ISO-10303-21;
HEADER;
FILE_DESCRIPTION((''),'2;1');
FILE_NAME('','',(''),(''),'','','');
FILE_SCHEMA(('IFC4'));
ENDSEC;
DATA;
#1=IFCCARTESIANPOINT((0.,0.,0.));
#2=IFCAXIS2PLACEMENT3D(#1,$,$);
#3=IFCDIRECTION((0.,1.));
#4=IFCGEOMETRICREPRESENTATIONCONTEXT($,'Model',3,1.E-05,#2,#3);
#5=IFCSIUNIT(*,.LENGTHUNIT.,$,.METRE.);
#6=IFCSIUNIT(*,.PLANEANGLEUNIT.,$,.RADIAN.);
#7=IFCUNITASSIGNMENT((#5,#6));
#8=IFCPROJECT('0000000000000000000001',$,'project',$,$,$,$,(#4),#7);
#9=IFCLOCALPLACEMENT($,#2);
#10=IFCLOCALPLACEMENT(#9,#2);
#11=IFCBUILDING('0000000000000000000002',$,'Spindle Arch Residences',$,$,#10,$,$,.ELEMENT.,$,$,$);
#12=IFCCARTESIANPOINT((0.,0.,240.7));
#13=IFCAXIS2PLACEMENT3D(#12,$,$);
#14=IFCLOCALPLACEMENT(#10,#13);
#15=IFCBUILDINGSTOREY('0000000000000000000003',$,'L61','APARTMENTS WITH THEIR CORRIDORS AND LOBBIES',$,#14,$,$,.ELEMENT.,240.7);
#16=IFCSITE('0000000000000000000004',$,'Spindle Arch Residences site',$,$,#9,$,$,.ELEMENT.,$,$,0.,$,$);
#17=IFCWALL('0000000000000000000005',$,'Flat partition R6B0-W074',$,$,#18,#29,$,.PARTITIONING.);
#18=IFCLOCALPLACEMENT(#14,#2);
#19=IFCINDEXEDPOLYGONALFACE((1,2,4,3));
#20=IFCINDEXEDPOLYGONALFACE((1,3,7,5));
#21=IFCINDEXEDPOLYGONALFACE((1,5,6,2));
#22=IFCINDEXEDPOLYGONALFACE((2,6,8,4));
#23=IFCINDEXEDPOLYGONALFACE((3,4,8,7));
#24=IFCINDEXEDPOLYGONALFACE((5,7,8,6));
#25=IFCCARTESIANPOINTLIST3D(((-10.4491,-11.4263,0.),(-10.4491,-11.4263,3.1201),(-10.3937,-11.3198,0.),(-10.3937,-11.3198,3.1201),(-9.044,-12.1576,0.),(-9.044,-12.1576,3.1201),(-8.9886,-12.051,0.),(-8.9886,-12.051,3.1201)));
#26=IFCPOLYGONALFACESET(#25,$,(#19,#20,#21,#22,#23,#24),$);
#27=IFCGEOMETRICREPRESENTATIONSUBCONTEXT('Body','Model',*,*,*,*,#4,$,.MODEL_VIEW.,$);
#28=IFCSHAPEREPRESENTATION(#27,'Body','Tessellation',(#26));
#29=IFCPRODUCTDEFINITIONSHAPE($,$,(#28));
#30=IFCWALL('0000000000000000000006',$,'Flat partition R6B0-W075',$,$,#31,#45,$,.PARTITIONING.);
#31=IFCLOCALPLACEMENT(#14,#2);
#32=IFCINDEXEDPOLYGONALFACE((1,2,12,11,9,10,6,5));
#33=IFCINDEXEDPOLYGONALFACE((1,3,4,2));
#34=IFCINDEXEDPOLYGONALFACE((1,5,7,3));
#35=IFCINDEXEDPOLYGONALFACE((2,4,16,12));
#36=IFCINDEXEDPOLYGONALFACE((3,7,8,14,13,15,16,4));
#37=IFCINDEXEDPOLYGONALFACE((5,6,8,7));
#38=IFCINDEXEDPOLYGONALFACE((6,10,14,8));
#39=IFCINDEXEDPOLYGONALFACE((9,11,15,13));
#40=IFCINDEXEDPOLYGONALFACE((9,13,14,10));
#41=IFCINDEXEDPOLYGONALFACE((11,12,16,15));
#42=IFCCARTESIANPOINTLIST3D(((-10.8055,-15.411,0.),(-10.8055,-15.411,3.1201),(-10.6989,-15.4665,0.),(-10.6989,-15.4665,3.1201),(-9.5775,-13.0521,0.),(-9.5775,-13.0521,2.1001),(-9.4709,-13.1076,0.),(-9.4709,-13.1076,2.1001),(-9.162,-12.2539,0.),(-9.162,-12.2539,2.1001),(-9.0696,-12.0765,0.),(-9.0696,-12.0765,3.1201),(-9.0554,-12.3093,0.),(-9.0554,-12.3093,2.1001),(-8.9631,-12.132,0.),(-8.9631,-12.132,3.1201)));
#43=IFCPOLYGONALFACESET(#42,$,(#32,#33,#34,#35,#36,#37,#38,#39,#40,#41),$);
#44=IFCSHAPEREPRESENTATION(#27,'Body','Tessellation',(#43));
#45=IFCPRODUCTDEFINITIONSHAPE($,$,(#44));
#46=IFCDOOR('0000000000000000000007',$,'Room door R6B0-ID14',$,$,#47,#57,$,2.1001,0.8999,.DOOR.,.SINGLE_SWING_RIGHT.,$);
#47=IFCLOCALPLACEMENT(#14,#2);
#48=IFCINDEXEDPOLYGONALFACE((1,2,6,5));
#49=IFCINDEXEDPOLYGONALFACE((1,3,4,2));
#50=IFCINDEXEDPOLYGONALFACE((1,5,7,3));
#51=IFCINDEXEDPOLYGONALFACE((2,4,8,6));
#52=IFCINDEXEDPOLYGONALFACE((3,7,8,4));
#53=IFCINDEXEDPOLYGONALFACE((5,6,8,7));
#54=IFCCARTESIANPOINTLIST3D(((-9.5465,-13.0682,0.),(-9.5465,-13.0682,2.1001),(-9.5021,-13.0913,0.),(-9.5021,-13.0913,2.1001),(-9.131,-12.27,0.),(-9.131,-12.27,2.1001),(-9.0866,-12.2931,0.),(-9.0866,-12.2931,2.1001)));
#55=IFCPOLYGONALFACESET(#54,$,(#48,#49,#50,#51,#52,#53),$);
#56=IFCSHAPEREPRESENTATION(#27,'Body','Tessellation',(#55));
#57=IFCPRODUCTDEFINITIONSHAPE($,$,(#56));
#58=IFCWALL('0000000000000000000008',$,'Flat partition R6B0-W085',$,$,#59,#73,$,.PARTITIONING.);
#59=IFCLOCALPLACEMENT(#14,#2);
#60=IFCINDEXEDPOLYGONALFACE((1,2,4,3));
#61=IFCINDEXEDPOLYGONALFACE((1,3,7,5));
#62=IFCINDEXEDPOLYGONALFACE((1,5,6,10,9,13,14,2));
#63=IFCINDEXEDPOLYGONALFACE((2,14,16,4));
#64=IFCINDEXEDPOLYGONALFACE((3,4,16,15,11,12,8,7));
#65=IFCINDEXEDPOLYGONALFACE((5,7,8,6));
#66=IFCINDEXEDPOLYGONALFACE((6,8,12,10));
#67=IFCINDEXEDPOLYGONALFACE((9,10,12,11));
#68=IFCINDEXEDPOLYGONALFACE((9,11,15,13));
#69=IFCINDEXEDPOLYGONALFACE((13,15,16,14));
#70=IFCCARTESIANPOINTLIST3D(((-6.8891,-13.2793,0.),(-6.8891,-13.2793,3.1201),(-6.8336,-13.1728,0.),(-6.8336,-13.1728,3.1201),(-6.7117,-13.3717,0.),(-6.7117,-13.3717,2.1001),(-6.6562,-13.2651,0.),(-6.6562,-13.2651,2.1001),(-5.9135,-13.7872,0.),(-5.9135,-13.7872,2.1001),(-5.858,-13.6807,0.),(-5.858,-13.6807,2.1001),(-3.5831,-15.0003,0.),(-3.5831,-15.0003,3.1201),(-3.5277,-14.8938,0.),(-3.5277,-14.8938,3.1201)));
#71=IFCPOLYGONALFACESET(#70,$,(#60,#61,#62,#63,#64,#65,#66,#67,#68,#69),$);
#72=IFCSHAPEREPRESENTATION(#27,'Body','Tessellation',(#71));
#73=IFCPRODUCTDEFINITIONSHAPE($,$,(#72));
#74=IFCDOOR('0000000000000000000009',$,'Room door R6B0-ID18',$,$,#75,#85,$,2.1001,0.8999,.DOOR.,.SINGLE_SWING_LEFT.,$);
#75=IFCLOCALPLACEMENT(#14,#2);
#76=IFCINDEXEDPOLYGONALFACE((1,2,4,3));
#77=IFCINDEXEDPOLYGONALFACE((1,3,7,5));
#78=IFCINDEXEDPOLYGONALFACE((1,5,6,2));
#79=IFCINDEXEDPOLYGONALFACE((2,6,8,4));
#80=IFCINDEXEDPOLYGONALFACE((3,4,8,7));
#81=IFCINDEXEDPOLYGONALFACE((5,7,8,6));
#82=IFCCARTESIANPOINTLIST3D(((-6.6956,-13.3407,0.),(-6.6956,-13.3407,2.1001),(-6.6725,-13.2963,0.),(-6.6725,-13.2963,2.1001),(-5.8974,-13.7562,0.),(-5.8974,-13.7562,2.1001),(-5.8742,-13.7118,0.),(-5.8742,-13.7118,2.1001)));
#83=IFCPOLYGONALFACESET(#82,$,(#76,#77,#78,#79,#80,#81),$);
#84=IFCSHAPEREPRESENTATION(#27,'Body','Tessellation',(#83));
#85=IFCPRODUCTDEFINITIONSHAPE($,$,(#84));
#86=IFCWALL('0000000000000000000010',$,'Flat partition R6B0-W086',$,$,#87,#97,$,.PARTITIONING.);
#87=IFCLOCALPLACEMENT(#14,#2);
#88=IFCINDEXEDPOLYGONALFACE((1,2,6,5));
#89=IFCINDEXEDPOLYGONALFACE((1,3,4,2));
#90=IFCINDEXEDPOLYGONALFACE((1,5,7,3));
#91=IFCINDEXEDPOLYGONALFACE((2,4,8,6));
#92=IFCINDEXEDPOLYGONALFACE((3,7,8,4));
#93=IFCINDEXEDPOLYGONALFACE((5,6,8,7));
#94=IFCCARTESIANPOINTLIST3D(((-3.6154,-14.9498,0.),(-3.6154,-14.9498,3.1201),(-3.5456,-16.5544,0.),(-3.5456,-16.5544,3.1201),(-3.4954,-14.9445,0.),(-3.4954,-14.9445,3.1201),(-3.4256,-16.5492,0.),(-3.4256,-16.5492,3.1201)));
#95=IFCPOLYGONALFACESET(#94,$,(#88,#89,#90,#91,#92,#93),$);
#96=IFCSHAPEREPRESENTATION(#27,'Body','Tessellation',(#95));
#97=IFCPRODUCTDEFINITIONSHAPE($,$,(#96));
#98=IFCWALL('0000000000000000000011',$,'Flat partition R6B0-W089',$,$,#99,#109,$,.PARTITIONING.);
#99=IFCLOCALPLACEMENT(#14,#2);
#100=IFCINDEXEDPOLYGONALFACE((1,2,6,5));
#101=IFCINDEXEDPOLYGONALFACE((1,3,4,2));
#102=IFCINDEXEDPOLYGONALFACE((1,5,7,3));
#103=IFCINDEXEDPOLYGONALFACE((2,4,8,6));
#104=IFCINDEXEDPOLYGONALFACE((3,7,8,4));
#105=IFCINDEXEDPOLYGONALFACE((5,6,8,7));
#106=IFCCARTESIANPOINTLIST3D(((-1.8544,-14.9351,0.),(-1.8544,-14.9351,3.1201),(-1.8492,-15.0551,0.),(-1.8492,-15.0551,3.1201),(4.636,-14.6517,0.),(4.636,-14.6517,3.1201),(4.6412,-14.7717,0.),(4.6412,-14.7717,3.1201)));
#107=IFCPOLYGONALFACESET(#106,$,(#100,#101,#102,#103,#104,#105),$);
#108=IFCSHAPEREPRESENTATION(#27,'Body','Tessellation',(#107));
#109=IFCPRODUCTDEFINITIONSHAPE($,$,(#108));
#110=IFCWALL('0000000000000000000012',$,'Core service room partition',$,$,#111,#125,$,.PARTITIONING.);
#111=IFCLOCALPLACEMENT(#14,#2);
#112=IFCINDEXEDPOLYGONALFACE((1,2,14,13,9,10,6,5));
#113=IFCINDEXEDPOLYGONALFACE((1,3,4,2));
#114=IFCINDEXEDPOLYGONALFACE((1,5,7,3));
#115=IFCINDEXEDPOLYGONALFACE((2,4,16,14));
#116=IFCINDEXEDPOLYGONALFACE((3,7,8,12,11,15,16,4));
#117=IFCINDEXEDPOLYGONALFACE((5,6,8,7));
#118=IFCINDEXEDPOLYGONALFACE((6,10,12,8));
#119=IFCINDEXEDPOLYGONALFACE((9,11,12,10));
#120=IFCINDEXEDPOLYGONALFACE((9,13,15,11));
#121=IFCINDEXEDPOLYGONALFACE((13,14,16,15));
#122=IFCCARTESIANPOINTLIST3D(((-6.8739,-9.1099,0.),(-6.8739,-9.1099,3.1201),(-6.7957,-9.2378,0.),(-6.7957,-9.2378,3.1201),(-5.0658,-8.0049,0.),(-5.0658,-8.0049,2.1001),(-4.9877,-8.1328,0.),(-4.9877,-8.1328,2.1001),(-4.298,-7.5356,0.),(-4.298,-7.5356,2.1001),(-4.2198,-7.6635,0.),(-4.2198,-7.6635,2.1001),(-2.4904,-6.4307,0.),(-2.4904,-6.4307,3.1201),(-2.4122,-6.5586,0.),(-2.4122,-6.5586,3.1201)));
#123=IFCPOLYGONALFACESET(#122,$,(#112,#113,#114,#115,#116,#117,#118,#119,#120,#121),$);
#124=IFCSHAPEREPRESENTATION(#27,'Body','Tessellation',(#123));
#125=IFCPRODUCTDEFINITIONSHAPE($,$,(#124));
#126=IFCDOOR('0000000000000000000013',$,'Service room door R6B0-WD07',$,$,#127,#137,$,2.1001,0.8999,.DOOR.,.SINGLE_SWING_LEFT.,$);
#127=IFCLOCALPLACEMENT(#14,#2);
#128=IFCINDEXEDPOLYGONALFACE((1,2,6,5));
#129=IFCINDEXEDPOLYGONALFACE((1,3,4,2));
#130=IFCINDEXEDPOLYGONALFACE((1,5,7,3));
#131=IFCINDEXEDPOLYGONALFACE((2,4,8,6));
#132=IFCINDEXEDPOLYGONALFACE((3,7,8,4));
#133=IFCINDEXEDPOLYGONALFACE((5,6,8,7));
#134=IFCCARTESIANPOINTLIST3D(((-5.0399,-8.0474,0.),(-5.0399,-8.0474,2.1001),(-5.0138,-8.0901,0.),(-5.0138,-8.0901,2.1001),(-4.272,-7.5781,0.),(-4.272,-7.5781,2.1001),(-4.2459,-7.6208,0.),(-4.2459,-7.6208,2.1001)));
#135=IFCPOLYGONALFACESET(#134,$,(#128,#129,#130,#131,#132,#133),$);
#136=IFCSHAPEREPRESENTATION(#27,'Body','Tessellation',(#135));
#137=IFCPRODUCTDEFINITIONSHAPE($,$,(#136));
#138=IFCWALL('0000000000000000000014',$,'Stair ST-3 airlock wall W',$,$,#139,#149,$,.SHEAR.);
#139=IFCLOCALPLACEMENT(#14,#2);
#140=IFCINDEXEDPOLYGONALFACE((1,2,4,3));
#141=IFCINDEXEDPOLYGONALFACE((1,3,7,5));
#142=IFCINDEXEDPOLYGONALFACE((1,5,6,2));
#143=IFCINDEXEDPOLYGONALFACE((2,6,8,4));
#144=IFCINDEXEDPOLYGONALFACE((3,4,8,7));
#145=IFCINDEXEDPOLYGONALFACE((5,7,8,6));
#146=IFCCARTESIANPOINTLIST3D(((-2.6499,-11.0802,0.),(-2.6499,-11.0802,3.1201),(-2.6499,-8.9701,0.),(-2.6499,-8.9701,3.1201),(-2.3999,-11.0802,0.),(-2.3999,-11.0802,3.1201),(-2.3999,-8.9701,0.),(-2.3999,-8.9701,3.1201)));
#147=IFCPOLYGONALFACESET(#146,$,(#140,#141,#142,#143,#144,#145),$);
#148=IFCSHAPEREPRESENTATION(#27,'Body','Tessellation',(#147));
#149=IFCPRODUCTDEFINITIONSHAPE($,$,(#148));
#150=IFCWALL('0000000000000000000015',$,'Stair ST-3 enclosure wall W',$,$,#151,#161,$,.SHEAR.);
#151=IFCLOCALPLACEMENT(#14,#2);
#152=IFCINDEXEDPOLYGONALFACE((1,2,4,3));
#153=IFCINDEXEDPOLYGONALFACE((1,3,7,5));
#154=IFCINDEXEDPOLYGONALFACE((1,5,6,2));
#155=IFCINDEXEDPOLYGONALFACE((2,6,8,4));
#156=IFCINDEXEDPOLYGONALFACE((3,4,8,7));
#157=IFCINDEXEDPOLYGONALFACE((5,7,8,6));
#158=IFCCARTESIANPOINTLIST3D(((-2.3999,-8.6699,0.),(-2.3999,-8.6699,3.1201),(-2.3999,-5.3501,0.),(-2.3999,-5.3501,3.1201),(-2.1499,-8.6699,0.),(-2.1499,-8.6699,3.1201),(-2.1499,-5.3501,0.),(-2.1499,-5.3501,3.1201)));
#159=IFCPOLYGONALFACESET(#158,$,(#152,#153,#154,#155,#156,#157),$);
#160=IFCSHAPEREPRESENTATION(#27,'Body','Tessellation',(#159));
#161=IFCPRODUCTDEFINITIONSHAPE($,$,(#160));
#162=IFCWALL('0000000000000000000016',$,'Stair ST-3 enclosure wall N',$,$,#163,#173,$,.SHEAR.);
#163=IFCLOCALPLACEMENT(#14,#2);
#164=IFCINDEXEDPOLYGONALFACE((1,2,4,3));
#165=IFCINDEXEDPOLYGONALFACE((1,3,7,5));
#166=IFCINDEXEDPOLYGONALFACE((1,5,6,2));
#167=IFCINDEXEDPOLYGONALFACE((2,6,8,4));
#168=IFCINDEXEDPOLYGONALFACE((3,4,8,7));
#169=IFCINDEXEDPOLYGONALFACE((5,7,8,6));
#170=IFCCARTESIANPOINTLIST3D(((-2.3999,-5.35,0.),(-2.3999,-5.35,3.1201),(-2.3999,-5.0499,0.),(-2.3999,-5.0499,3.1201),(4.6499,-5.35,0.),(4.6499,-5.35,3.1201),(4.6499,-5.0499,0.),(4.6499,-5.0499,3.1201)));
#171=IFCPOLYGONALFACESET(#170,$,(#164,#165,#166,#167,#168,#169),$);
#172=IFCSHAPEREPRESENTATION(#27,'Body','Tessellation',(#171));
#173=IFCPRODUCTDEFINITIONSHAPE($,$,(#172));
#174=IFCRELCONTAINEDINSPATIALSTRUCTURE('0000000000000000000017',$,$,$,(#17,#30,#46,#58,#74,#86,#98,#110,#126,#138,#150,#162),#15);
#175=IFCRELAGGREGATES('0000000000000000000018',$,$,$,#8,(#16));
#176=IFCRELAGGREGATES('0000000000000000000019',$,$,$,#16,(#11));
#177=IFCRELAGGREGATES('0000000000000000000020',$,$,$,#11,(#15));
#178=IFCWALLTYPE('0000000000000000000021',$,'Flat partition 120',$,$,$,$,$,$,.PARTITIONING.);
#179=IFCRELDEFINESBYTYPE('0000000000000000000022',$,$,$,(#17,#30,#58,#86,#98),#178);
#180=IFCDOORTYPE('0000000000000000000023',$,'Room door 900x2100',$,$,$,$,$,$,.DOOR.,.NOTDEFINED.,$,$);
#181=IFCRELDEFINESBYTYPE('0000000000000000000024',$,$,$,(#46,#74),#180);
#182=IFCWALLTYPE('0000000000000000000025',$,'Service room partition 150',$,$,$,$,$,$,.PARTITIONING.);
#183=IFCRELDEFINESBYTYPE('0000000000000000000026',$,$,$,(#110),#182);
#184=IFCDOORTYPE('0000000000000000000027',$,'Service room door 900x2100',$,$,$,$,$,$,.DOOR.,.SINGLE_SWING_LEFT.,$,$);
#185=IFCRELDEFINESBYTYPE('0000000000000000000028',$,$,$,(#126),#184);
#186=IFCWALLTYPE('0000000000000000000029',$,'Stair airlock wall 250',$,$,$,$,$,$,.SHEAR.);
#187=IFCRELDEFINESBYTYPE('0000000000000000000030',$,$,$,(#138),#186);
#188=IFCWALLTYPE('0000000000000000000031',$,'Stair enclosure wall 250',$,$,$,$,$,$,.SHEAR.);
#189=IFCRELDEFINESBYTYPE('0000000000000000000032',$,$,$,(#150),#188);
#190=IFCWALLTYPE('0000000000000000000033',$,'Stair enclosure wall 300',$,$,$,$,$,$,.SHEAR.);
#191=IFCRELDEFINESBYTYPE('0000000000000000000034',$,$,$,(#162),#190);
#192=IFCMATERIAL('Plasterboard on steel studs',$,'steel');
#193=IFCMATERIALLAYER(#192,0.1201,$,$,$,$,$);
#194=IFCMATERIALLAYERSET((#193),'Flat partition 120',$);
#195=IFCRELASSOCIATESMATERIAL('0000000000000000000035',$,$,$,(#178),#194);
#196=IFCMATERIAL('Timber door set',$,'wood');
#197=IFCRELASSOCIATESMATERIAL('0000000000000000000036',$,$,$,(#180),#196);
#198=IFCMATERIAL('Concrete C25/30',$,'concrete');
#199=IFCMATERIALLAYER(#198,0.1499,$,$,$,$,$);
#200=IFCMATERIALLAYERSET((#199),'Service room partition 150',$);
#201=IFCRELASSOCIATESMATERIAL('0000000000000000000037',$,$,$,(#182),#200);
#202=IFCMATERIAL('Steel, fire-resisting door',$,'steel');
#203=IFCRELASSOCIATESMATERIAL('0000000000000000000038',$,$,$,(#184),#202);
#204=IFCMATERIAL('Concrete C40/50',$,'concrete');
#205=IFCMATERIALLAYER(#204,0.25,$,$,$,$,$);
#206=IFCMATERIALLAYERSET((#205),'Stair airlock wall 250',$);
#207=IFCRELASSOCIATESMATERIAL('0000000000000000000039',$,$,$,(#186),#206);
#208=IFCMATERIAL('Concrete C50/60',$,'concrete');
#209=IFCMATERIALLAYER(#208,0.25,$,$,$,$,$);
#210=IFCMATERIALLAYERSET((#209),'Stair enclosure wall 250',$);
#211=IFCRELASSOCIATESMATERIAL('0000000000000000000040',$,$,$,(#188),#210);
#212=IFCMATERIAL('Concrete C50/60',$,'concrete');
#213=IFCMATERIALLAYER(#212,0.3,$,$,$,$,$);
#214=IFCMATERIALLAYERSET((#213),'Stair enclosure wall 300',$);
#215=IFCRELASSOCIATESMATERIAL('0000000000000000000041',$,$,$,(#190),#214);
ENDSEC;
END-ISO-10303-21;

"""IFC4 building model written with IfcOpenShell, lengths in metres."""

from ifc_helpers import new_model, si_unit, direction, frame, frame_2d, origin, place, context, subcontext, project, spatial, rectangle, extrude, material, layer, layer_set, type_object, element, fill, save


model = new_model("IFC4")

# Units and contexts
model_context = context("Model", 3, precision=1e-05, world=origin(), true_north=direction((0.0, 1.0)))
body_context = subcontext(model_context, "Body", "Model", "MODEL_VIEW")
ifc_project = project(units=[si_unit("LENGTHUNIT", "METRE"), si_unit("PLANEANGLEUNIT", "RADIAN")], contexts=[model_context])

# Site, building, storey
site_placement = place(None, origin())
site = spatial("IfcSite", under=ifc_project, at=site_placement, Name="Spindle Arch Residences site", CompositionType="ELEMENT", RefElevation=0.0)
building_placement = place(site_placement, origin())
building = spatial("IfcBuilding", under=site, at=building_placement, Name="Spindle Arch Residences", CompositionType="ELEMENT")
storey_placement = place(building_placement, frame((0.0, 0.0, 240.7)))
storey = spatial("IfcBuildingStorey", under=building, at=storey_placement, Name="L61", Description="APARTMENTS WITH THEIR CORRIDORS AND LOBBIES", CompositionType="ELEMENT", Elevation=240.7)

# Wall
ifc_material_1 = material(Name="Plasterboard on steel studs", Category="steel")
ifc_layer_1 = layer(ifc_material_1, 0.1201)
ifc_layer_set_1 = layer_set([ifc_layer_1], Name="Flat partition 120")
wall_type_1 = type_object("IfcWallType", Name="Flat partition 120", PredefinedType="PARTITIONING", material=ifc_layer_set_1)
wall_1_placement = place(storey_placement, frame((-10.4214, -11.373, 0.0), z_axis=(0.0, 0.0, 1.0), x_axis=(0.887065, -0.461644, 0.0)))
element("IfcWall", 1, at=wall_1_placement, inside=storey, type_object=wall_type_1, Name="Flat partition R6B0-W074", PredefinedType="PARTITIONING", context=body_context, shape_type="SweptSolid", body=[
    extrude(rectangle(XDim=1.584, YDim=0.1201, at=frame_2d((0.792, 0.0))), origin(), (0.0, 0.0, 1.0), 3.1201),
])

# Walls, openings, doors
wall_2_placement = place(storey_placement, frame((-9.0164, -12.1042, 0.0), z_axis=(0.0, 0.0, 1.0), x_axis=(-0.461753, -0.887008, 0.0)))
wall_2 = element("IfcWall", 2, at=wall_2_placement, inside=storey, type_object=wall_type_1, Name="Flat partition R6B0-W075", PredefinedType="PARTITIONING", context=body_context, shape_type="SweptSolid", body=[
    extrude(rectangle(XDim=3.7593, YDim=0.1201, at=frame_2d((1.8796, 0.0))), origin(), (0.0, 0.0, 1.0), 3.1201),
])
opening_1_placement = place(wall_2_placement, frame((0.2, 0.0, 0.0)))
opening_1 = element("IfcOpeningElement", 3, at=opening_1_placement, cuts=wall_2, PredefinedType="OPENING", context=body_context, shape_type="SweptSolid", body=[
    extrude(rectangle(XDim=0.8999, YDim=2.1001, at=frame_2d((0.45, 1.05))), frame((0.0, 0.0701, 0.0), z_axis=(0.0, -1.0, 0.0), x_axis=(1.0, 0.0, 0.0)), (0.0, 0.0, 1.0), 0.1401),
])
ifc_material_2 = material(Name="Timber door set", Category="wood")
door_type_1 = type_object("IfcDoorType", Name="Room door 900x2100", OperationType="NOTDEFINED", PredefinedType="DOOR", material=ifc_material_2)
door_1_placement = place(opening_1_placement, origin())
door_1 = element("IfcDoor", 4, at=door_1_placement, inside=storey, type_object=door_type_1, Name="Room door R6B0-ID14", OperationType="SINGLE_SWING_RIGHT", OverallHeight=2.1001, OverallWidth=0.8999, PredefinedType="DOOR", context=body_context, shape_type="SweptSolid", body=[
    extrude(rectangle(XDim=0.8999, YDim=2.1001, at=frame_2d((0.45, 1.05))), frame((0.0, 0.0249, 0.0), z_axis=(0.0, -1.0, 0.0), x_axis=(1.0, 0.0, 0.0)), (0.0, 0.0, 1.0), 0.05),
])
fill(opening_1, door_1)
wall_3_placement = place(storey_placement, frame((-6.8613, -13.2261, 0.0), z_axis=(0.0, 0.0, 1.0), x_axis=(0.887011, -0.461749, 0.0)))
wall_3 = element("IfcWall", 5, at=wall_3_placement, inside=storey, type_object=wall_type_1, Name="Flat partition R6B0-W085", PredefinedType="PARTITIONING", context=body_context, shape_type="SweptSolid", body=[
    extrude(rectangle(XDim=3.7271, YDim=0.1201, at=frame_2d((1.8635, 0.0))), origin(), (0.0, 0.0, 1.0), 3.1201),
])
opening_2_placement = place(wall_3_placement, frame((0.2, 0.0, 0.0)))
opening_2 = element("IfcOpeningElement", 6, at=opening_2_placement, cuts=wall_3, PredefinedType="OPENING", context=body_context, shape_type="SweptSolid", body=[
    extrude(rectangle(XDim=0.8999, YDim=2.1001, at=frame_2d((0.45, 1.05))), frame((0.0, 0.0701, 0.0), z_axis=(0.0, -1.0, 0.0), x_axis=(1.0, 0.0, 0.0)), (0.0, 0.0, 1.0), 0.1401),
])
door_2_placement = place(opening_2_placement, origin())
door_2 = element("IfcDoor", 7, at=door_2_placement, inside=storey, type_object=door_type_1, Name="Room door R6B0-ID18", OperationType="SINGLE_SWING_LEFT", OverallHeight=2.1001, OverallWidth=0.8999, PredefinedType="DOOR", context=body_context, shape_type="SweptSolid", body=[
    extrude(rectangle(XDim=0.8999, YDim=2.1001, at=frame_2d((0.45, 1.05))), frame((0.0, 0.0249, 0.0), z_axis=(0.0, -1.0, 0.0), x_axis=(1.0, 0.0, 0.0)), (0.0, 0.0, 1.0), 0.05),
])
fill(opening_2, door_2)

# Walls
wall_4_placement = place(storey_placement, frame((-3.5554, -14.947, 0.0), z_axis=(0.0, 0.0, 1.0), x_axis=(0.04347, -0.999055, 0.0)))
element("IfcWall", 8, at=wall_4_placement, inside=storey, type_object=wall_type_1, Name="Flat partition R6B0-W086", PredefinedType="PARTITIONING", context=body_context, shape_type="SweptSolid", body=[
    extrude(rectangle(XDim=1.6062, YDim=0.1201, at=frame_2d((0.8032, 0.0))), origin(), (0.0, 0.0, 1.0), 3.1201),
])
wall_5_placement = place(storey_placement, frame((-1.8518, -14.9951, 0.0), z_axis=(0.0, 0.0, 1.0), x_axis=(0.999048, 0.04363, 0.0)))
element("IfcWall", 9, at=wall_5_placement, inside=storey, type_object=wall_type_1, Name="Flat partition R6B0-W089", PredefinedType="PARTITIONING", context=body_context, shape_type="SweptSolid", body=[
    extrude(rectangle(XDim=6.4966, YDim=0.1201, at=frame_2d((3.2483, 0.0))), origin(), (0.0, 0.0, 1.0), 3.1201),
])

# Wall, opening, door
ifc_material_3 = material(Name="Concrete C25/30", Category="concrete")
ifc_layer_2 = layer(ifc_material_3, 0.1499)
ifc_layer_set_2 = layer_set([ifc_layer_2], Name="Service room partition 150")
wall_type_2 = type_object("IfcWallType", Name="Service room partition 150", PredefinedType="PARTITIONING", material=ifc_layer_set_2)
wall_6_placement = place(storey_placement, frame((-2.4512, -6.4946, 0.0), z_axis=(0.0, 0.0, 1.0), x_axis=(-0.85325, -0.521502, 0.0)))
wall_6 = element("IfcWall", 10, at=wall_6_placement, inside=storey, type_object=wall_type_2, Name="Core service room partition", PredefinedType="PARTITIONING", context=body_context, shape_type="SweptSolid", body=[
    extrude(rectangle(XDim=5.1375, YDim=0.1499, at=frame_2d((2.5688, 0.0))), origin(), (0.0, 0.0, 1.0), 3.1201),
])
opening_3_placement = place(wall_6_placement, frame((2.1187, 0.0, 0.0)))
opening_3 = element("IfcOpeningElement", 11, at=opening_3_placement, cuts=wall_6, PredefinedType="OPENING", context=body_context, shape_type="SweptSolid", body=[
    extrude(rectangle(XDim=0.8999, YDim=2.1001, at=frame_2d((0.45, 1.05))), frame((0.0, 0.085, 0.0), z_axis=(0.0, -1.0, 0.0), x_axis=(1.0, 0.0, 0.0)), (0.0, 0.0, 1.0), 0.1699),
])
ifc_material_4 = material(Name="Steel, fire-resisting door", Category="steel")
door_type_2 = type_object("IfcDoorType", Name="Service room door 900x2100", OperationType="SINGLE_SWING_LEFT", PredefinedType="DOOR", material=ifc_material_4)
door_3_placement = place(opening_3_placement, origin())
door_3 = element("IfcDoor", 12, at=door_3_placement, inside=storey, type_object=door_type_2, Name="Service room door R6B0-WD07", OperationType="SINGLE_SWING_LEFT", OverallHeight=2.1001, OverallWidth=0.8999, PredefinedType="DOOR", context=body_context, shape_type="SweptSolid", body=[
    extrude(rectangle(XDim=0.8999, YDim=2.1001, at=frame_2d((0.45, 1.05))), frame((0.0, 0.0249, 0.0), z_axis=(0.0, -1.0, 0.0), x_axis=(1.0, 0.0, 0.0)), (0.0, 0.0, 1.0), 0.05),
])
fill(opening_3, door_3)

# Walls
ifc_material_5 = material(Name="Concrete C40/50", Category="concrete")
ifc_layer_3 = layer(ifc_material_5, 0.25)
ifc_layer_set_3 = layer_set([ifc_layer_3], Name="Stair airlock wall 250")
wall_type_3 = type_object("IfcWallType", Name="Stair airlock wall 250", PredefinedType="SHEAR", material=ifc_layer_set_3)
wall_7_placement = place(storey_placement, frame((-2.5249, -8.97, 0.0), z_axis=(0.0, 0.0, 1.0), x_axis=(0.0, -1.0, 0.0)))
element("IfcWall", 13, at=wall_7_placement, inside=storey, type_object=wall_type_3, Name="Stair ST-3 airlock wall W", PredefinedType="SHEAR", context=body_context, shape_type="SweptSolid", body=[
    extrude(rectangle(XDim=2.1101, YDim=0.25, at=frame_2d((1.0552, 0.0))), origin(), (0.0, 0.0, 1.0), 3.1201),
])
ifc_material_6 = material(Name="Concrete C50/60", Category="concrete")
ifc_layer_4 = layer(ifc_material_6, 0.25)
ifc_layer_set_4 = layer_set([ifc_layer_4], Name="Stair enclosure wall 250")
wall_type_4 = type_object("IfcWallType", Name="Stair enclosure wall 250", PredefinedType="SHEAR", material=ifc_layer_set_4)
wall_8_placement = place(storey_placement, frame((-2.2749, -8.6699, 0.0), z_axis=(0.0, 0.0, 1.0), x_axis=(0.0, 1.0, 0.0)))
element("IfcWall", 14, at=wall_8_placement, inside=storey, type_object=wall_type_4, Name="Stair ST-3 enclosure wall W", PredefinedType="SHEAR", context=body_context, shape_type="SweptSolid", body=[
    extrude(rectangle(XDim=3.3198, YDim=0.25, at=frame_2d((1.6599, 0.0))), origin(), (0.0, 0.0, 1.0), 3.1201),
])
ifc_material_7 = material(Name="Concrete C50/60", Category="concrete")
ifc_layer_5 = layer(ifc_material_7, 0.3)
ifc_layer_set_5 = layer_set([ifc_layer_5], Name="Stair enclosure wall 300")
wall_type_5 = type_object("IfcWallType", Name="Stair enclosure wall 300", PredefinedType="SHEAR", material=ifc_layer_set_5)
wall_9_placement = place(storey_placement, frame((-2.3999, -5.2, 0.0), z_axis=(0.0, 0.0, 1.0), x_axis=(1.0, 0.0, 0.0)))
element("IfcWall", 15, at=wall_9_placement, inside=storey, type_object=wall_type_5, Name="Stair ST-3 enclosure wall N", PredefinedType="SHEAR", context=body_context, shape_type="SweptSolid", body=[
    extrude(rectangle(XDim=7.0498, YDim=0.3, at=frame_2d((3.5249, 0.0))), origin(), (0.0, 0.0, 1.0), 3.1201),
])

save(model, "model.ifc")
